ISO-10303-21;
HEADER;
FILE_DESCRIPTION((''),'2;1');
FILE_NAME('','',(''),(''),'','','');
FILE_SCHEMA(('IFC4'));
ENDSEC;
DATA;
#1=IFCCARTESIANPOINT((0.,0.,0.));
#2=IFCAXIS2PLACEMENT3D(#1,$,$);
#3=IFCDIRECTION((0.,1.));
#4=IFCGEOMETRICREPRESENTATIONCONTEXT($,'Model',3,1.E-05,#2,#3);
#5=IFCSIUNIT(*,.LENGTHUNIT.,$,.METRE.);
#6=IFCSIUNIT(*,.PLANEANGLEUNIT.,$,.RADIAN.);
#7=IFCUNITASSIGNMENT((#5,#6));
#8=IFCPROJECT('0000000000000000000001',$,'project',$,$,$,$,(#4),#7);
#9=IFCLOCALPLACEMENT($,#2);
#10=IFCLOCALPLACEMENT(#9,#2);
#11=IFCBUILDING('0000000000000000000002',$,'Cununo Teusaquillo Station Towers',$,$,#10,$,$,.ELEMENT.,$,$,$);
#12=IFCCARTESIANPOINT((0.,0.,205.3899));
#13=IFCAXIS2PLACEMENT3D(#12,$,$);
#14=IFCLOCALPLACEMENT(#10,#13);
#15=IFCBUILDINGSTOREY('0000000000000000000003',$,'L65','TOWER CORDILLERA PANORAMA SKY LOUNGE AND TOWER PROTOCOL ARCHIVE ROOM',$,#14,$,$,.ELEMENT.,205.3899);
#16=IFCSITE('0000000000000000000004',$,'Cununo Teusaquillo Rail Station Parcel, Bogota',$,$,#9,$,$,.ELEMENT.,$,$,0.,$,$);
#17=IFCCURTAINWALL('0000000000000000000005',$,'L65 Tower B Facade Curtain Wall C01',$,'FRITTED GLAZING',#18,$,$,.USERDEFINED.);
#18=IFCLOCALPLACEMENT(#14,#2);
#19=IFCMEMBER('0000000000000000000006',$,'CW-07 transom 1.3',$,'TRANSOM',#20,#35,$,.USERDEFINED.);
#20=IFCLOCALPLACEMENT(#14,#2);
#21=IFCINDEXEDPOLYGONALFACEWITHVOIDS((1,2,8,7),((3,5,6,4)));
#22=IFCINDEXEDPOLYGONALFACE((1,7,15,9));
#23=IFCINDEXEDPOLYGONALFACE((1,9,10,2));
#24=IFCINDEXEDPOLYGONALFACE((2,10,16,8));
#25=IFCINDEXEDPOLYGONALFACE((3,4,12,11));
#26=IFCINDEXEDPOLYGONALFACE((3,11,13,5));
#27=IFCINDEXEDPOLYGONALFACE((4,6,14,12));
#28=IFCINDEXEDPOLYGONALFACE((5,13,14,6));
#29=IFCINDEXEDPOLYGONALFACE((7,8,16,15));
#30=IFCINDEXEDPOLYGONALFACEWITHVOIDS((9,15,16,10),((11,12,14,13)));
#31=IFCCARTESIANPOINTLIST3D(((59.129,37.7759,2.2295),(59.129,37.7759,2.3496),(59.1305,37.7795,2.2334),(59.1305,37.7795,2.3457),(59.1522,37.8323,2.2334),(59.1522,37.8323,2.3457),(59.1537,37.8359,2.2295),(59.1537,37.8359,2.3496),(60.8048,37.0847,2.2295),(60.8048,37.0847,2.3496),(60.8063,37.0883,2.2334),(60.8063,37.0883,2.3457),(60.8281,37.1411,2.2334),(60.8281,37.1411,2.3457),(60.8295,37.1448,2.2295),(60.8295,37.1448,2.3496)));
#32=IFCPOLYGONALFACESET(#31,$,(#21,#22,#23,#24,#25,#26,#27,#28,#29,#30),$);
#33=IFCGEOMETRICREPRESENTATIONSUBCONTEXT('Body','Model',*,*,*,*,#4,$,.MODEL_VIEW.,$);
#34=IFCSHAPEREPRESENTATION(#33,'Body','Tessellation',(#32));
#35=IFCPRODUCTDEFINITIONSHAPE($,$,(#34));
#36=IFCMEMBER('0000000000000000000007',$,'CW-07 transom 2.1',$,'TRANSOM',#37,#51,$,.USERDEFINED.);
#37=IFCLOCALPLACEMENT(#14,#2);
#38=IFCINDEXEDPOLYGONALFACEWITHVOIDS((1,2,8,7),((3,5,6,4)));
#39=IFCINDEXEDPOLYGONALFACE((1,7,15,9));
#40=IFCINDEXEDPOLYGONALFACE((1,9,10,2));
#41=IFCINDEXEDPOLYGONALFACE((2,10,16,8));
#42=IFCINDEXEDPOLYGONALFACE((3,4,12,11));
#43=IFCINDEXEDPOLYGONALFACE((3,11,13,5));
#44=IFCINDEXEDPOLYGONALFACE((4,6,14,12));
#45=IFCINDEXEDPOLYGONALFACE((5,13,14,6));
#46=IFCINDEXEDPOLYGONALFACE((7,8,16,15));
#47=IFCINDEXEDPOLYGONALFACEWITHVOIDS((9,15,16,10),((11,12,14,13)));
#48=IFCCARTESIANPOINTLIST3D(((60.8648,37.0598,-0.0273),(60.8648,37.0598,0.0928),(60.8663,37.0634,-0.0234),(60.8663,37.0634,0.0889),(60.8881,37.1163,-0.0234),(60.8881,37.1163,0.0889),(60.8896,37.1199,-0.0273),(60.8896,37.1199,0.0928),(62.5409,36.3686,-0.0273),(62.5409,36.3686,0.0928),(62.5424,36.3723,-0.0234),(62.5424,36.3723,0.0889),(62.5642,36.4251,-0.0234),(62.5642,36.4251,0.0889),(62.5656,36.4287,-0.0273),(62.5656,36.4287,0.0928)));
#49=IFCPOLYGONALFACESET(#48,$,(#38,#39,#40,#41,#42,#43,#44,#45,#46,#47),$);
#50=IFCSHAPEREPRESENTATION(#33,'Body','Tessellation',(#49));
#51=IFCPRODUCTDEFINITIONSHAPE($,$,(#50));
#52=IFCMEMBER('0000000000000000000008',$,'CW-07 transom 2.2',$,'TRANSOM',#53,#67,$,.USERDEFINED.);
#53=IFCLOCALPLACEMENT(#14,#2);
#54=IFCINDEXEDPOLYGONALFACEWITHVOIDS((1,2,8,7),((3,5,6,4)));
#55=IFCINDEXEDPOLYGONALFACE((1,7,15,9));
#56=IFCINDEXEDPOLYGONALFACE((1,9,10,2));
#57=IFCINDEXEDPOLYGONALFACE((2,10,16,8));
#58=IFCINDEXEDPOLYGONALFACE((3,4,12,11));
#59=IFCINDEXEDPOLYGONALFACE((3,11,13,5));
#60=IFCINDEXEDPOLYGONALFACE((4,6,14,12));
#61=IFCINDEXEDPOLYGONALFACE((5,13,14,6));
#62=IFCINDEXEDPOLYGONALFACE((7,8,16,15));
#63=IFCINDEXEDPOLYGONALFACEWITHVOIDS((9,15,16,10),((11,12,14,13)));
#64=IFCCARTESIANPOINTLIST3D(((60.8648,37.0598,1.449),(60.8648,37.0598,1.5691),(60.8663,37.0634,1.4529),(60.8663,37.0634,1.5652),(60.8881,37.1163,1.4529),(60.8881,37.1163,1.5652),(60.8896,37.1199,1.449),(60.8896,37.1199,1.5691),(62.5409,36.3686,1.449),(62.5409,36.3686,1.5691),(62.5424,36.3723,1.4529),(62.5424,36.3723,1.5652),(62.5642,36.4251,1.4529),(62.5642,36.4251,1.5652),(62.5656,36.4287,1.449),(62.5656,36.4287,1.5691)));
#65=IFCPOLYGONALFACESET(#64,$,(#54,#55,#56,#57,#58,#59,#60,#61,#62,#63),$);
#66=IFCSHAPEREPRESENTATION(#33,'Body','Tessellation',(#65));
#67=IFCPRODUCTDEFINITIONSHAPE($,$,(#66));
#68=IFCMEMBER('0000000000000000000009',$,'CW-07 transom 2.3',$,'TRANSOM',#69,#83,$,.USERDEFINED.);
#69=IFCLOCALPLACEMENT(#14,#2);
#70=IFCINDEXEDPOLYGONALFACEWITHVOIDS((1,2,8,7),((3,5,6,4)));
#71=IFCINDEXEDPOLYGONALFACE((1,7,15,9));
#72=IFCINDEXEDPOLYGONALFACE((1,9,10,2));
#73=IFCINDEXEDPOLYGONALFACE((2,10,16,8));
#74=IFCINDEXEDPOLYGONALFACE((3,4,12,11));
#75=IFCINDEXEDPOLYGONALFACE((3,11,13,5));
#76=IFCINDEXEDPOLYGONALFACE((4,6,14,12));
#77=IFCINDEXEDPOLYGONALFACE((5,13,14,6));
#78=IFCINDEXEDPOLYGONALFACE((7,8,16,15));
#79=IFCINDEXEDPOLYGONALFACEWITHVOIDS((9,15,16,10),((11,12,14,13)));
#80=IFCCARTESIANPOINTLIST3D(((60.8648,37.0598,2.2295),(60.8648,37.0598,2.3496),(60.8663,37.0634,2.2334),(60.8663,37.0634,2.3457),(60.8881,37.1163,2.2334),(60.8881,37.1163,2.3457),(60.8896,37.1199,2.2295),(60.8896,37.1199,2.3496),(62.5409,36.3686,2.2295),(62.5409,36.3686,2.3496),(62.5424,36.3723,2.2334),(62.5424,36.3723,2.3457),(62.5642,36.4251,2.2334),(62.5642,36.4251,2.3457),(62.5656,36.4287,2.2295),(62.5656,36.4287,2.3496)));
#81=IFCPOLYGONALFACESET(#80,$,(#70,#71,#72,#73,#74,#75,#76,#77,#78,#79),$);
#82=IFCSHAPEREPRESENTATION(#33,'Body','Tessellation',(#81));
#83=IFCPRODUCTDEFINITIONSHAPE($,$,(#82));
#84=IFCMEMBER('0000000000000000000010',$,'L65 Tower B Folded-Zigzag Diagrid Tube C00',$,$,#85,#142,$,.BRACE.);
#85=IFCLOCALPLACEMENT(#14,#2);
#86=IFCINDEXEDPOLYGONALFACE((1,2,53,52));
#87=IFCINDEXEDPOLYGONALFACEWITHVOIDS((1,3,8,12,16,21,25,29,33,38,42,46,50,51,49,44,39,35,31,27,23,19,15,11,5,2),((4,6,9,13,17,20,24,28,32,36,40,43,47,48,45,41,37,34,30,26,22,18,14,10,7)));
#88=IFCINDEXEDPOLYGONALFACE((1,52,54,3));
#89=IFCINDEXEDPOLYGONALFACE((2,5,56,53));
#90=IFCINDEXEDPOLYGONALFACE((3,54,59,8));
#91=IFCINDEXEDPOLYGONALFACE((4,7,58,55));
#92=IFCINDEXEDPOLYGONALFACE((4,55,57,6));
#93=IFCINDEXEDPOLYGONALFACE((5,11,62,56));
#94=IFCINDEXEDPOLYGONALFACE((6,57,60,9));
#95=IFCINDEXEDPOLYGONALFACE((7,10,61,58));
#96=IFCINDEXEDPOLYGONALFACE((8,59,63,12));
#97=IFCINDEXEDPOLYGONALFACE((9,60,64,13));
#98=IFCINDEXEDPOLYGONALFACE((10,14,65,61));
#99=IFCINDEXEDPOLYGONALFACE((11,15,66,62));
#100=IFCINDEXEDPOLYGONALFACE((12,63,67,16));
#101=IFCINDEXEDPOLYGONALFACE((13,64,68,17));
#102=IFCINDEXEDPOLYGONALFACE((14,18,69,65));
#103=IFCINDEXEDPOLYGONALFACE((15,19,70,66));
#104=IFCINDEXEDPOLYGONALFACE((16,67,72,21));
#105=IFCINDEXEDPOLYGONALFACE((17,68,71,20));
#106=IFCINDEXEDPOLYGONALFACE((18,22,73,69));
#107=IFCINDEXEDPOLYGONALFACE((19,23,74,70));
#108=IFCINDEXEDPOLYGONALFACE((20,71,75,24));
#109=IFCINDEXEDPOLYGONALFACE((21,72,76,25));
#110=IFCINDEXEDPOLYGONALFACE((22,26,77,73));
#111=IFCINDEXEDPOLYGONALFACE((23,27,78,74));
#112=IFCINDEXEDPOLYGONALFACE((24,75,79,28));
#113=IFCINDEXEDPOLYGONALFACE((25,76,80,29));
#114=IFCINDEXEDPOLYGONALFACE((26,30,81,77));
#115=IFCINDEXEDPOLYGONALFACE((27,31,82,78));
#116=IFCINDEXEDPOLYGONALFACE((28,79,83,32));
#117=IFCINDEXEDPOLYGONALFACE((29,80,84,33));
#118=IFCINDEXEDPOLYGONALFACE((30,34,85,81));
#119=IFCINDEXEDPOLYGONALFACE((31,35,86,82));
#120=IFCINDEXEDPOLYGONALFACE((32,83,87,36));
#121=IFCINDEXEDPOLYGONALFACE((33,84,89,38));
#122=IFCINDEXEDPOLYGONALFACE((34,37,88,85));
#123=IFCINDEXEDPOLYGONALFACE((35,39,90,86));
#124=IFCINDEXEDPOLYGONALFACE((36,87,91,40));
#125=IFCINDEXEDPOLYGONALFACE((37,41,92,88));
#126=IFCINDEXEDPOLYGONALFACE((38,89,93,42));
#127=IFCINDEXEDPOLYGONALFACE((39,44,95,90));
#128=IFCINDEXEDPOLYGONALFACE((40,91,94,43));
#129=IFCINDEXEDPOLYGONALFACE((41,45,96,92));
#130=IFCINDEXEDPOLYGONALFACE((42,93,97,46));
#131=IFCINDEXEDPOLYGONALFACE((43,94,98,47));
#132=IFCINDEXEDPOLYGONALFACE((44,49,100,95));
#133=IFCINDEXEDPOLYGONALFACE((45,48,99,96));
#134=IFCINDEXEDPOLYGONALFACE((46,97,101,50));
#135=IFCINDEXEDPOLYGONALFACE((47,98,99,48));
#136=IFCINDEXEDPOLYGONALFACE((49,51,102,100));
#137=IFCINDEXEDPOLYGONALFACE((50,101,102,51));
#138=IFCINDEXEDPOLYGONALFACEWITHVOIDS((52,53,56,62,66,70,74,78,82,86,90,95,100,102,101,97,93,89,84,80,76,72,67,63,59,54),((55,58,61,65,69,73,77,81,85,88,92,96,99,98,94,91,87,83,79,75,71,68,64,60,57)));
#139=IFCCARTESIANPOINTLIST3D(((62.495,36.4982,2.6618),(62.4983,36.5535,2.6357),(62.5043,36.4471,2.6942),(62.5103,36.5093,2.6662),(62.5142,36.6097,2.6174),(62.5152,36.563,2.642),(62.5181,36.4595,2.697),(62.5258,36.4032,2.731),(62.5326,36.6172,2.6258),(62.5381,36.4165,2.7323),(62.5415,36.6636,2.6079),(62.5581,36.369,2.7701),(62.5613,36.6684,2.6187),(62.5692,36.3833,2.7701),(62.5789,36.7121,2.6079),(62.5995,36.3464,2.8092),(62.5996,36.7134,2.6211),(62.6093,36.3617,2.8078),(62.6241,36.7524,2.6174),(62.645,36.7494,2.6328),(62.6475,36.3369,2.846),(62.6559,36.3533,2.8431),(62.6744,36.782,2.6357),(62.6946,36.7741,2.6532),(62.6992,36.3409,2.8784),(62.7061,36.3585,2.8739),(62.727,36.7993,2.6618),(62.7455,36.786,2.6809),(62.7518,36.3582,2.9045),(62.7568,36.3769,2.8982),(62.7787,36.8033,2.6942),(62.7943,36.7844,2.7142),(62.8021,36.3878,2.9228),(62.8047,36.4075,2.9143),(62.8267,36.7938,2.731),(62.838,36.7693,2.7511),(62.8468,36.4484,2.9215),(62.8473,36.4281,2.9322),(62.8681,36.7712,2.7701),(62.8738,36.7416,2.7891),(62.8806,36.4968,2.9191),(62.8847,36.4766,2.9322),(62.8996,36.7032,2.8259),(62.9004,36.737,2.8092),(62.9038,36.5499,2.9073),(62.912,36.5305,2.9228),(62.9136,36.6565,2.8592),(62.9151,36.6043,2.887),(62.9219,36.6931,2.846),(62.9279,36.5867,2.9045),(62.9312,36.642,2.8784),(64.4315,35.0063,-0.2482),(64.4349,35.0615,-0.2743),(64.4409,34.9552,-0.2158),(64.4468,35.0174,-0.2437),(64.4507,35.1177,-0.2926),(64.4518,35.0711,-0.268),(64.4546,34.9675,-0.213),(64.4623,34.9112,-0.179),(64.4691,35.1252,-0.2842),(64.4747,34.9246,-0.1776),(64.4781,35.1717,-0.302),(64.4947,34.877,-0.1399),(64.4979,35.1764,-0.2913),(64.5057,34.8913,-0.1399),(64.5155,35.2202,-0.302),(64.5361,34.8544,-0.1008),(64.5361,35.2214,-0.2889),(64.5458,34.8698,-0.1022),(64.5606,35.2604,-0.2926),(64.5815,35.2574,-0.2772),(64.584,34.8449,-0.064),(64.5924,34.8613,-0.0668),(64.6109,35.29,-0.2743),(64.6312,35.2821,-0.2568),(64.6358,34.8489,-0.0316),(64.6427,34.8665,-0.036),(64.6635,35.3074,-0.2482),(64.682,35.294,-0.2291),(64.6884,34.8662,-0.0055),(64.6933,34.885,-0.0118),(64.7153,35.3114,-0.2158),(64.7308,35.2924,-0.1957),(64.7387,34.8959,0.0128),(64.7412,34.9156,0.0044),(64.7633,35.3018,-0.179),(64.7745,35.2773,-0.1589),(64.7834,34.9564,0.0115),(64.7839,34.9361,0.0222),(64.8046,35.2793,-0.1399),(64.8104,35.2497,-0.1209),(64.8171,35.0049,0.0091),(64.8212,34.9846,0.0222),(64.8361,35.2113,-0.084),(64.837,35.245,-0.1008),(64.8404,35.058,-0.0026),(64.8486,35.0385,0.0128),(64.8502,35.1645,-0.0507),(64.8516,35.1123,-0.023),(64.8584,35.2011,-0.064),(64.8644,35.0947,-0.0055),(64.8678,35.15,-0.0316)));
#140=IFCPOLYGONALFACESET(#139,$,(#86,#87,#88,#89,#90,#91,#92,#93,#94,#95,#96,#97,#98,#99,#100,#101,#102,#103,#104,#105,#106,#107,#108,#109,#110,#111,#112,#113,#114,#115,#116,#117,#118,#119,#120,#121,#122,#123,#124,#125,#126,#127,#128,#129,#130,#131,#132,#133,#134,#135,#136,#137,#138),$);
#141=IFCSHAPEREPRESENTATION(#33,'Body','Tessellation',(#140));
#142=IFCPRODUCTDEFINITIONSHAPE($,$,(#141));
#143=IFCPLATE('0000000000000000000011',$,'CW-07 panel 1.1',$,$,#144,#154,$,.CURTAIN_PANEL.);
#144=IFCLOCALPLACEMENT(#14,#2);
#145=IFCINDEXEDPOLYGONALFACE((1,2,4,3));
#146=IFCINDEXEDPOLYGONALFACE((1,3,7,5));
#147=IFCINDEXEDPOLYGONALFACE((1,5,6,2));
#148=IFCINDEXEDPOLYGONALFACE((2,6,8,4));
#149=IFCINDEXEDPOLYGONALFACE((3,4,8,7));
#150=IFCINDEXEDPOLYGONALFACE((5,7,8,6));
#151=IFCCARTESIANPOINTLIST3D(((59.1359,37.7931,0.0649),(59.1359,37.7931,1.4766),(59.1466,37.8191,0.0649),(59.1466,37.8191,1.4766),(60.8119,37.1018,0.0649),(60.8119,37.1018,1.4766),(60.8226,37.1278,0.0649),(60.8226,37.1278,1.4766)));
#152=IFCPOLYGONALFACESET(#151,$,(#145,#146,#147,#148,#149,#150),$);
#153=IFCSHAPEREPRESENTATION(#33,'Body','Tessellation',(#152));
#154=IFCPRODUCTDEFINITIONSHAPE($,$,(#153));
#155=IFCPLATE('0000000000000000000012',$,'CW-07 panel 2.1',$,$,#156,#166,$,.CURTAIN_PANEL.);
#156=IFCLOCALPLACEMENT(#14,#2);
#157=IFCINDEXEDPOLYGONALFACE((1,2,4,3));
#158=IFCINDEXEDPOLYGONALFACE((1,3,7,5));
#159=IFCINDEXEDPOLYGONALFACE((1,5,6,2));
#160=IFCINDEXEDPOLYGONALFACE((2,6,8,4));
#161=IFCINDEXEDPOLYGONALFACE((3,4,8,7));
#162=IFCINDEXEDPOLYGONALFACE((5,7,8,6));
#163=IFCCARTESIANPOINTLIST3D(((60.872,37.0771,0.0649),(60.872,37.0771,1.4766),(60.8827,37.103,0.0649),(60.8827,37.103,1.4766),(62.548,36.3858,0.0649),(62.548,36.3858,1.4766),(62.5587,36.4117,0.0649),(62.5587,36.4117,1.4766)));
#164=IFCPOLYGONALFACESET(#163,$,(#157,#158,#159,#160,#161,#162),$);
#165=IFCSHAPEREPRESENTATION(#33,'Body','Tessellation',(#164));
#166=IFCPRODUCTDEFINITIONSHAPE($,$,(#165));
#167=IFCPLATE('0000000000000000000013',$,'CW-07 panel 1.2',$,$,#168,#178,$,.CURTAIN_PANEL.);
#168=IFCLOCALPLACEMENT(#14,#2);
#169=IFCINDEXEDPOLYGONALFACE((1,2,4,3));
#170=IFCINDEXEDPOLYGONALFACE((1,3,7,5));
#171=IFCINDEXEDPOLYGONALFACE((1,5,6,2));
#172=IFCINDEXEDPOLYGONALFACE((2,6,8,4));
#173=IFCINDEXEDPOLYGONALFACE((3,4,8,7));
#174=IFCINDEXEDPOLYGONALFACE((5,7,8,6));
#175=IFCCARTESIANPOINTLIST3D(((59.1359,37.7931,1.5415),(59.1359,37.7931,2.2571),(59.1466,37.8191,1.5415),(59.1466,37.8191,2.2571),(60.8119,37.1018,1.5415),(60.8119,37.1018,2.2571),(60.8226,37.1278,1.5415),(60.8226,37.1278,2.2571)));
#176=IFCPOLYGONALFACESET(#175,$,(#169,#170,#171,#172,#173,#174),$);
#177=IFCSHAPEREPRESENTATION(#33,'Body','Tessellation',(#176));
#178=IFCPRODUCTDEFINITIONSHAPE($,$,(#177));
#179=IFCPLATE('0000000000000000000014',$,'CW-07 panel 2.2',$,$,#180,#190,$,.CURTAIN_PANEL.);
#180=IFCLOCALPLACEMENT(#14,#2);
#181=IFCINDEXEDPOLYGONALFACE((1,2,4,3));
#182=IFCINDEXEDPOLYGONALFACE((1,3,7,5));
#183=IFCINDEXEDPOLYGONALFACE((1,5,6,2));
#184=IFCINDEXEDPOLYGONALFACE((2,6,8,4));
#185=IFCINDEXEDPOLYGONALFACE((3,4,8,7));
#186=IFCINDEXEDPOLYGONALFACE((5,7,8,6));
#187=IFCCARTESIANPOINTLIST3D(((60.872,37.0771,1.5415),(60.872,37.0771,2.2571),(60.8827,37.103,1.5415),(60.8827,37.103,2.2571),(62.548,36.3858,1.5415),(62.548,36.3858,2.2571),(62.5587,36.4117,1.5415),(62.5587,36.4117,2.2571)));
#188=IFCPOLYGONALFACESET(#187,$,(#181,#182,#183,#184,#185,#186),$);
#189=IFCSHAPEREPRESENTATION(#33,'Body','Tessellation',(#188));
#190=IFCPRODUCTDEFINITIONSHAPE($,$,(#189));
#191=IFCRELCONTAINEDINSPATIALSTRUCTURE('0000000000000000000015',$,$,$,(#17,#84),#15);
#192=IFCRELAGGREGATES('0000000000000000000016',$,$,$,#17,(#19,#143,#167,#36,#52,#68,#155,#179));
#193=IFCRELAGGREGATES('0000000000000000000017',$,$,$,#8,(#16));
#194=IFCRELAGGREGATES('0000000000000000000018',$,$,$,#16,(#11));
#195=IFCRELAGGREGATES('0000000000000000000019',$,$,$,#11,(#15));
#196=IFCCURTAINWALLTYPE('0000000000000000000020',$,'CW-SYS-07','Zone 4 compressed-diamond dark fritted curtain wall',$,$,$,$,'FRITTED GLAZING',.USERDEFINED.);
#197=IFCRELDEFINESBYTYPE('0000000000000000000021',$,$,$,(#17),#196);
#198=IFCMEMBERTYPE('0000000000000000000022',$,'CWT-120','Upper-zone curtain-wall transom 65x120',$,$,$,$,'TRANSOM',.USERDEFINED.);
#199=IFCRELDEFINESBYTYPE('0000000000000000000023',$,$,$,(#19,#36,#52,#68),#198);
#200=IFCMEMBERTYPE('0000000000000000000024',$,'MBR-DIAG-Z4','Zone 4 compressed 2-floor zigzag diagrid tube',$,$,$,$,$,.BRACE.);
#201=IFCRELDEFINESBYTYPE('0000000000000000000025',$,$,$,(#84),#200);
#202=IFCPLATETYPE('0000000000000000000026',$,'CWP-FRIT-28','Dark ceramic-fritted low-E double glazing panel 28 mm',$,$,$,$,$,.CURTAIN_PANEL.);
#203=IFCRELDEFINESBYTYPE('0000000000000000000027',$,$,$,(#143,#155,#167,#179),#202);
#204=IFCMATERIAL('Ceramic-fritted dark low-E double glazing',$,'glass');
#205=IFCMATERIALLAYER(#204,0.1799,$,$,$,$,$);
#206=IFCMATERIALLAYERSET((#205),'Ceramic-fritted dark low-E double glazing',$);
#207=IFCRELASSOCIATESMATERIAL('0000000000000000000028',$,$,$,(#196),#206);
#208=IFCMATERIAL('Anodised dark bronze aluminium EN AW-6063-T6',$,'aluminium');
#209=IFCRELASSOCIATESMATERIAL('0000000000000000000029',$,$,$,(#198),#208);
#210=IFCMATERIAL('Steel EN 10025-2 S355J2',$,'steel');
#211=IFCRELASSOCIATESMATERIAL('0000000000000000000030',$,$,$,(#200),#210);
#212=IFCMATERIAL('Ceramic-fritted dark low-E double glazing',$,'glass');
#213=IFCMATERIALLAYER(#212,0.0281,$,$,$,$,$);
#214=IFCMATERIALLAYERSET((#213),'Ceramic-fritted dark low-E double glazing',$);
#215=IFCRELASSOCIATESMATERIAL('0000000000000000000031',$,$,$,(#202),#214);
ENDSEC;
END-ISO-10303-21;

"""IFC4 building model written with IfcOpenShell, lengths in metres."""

from ifc_helpers import new_model, si_unit, direction, frame, origin, origin_2d, place, context, subcontext, project, spatial, rectangle, hollow_rectangle, hollow_circle, extrude, source, transform, mapped, material, layer, layer_set, material_profile, profile_set, type_object, element, aggregate, save


model = new_model("IFC4")

# Units and contexts
model_context = context("Model", 3, precision=1e-05, world=origin(), true_north=direction((0.0, 1.0)))
body_context = subcontext(model_context, "Body", "Model", "MODEL_VIEW")
ifc_project = project(units=[si_unit("LENGTHUNIT", "METRE"), si_unit("PLANEANGLEUNIT", "RADIAN")], contexts=[model_context])

# Site, building, storey
site_placement = place(None, origin())
site = spatial("IfcSite", under=ifc_project, at=site_placement, Name="Cununo Teusaquillo Rail Station Parcel, Bogota", CompositionType="ELEMENT", RefElevation=0.0)
building_placement = place(site_placement, origin())
building = spatial("IfcBuilding", under=site, at=building_placement, Name="Cununo Teusaquillo Station Towers", CompositionType="ELEMENT")
storey_placement = place(building_placement, frame((0.0, 0.0, 205.3899)))
storey = spatial("IfcBuildingStorey", under=building, at=storey_placement, Name="L65", Description="TOWER CORDILLERA PANORAMA SKY LOUNGE AND TOWER PROTOCOL ARCHIVE ROOM", CompositionType="ELEMENT", Elevation=205.3899)

# Curtain wall, members
ifc_material_1 = material(Name="Ceramic-fritted dark low-E double glazing", Category="glass")
ifc_layer_1 = layer(ifc_material_1, 0.1799)
ifc_layer_set_1 = layer_set([ifc_layer_1], Name="Ceramic-fritted dark low-E double glazing")
curtain_wall_type = type_object("IfcCurtainWallType", Name="CW-SYS-07", Description="Zone 4 compressed-diamond dark fritted curtain wall", ElementType="FRITTED GLAZING", PredefinedType="USERDEFINED", material=ifc_layer_set_1)
curtain_wall_placement = place(storey_placement, origin())
curtain_wall = element("IfcCurtainWall", 1, at=curtain_wall_placement, inside=storey, type_object=curtain_wall_type, Name="L65 Tower B Facade Curtain Wall C01", ObjectType="FRITTED GLAZING", PredefinedType="USERDEFINED")
ifc_material_2 = material(Name="Anodised dark bronze aluminium EN AW-6063-T6", Category="aluminium")
ifc_material_profile_1 = material_profile(ifc_material_2, hollow_rectangle(XDim=0.0649, YDim=0.1201, WallThickness=0.0039, at=origin_2d()), Name="CW-TRAN-65x120")
ifc_profile_set_1 = profile_set([ifc_material_profile_1], Name="Anodised dark bronze aluminium EN AW-6063-T6")
member_type_1 = type_object("IfcMemberType", Name="CWT-120", Description="Upper-zone curtain-wall transom 65x120", ElementType="TRANSOM", PredefinedType="USERDEFINED", material=ifc_profile_set_1)
member_1_placement = place(storey_placement, frame((59.1414, 37.8059, 2.2896), z_axis=(0.924458, -0.381285, 0.0), x_axis=(0.381285, 0.924458, 0.0)))
member_1 = element("IfcMember", 2, at=member_1_placement, type_object=member_type_1, Name="CW-07 transom 1.3", ObjectType="TRANSOM", PredefinedType="USERDEFINED", context=body_context, shape_type="SweptSolid", body=[
    extrude(hollow_rectangle(XDim=0.0649, YDim=0.1201, WallThickness=0.0039, at=origin_2d()), origin(), (0.0, 0.0, 1.0), 1.8127),
])
member_2_placement = place(storey_placement, frame((60.8772, 37.0898, 0.0327), z_axis=(0.924477, -0.381237, 0.0), x_axis=(0.381237, 0.924477, 0.0)))
member_2 = element("IfcMember", 3, at=member_2_placement, type_object=member_type_1, Name="CW-07 transom 2.1", ObjectType="TRANSOM", PredefinedType="USERDEFINED", context=body_context, shape_type="SweptSolid", body=[
    extrude(hollow_rectangle(XDim=0.0649, YDim=0.1201, WallThickness=0.0039, at=origin_2d()), origin(), (0.0, 0.0, 1.0), 1.813),
])
member_3_placement = place(storey_placement, frame((60.8772, 37.0898, 1.509), z_axis=(0.924477, -0.381237, 0.0), x_axis=(0.381237, 0.924477, 0.0)))
member_3 = element("IfcMember", 4, at=member_3_placement, type_object=member_type_1, Name="CW-07 transom 2.2", ObjectType="TRANSOM", PredefinedType="USERDEFINED", context=body_context, shape_type="SweptSolid", body=[
    extrude(hollow_rectangle(XDim=0.0649, YDim=0.1201, WallThickness=0.0039, at=origin_2d()), origin(), (0.0, 0.0, 1.0), 1.813),
])
member_4_placement = place(storey_placement, frame((60.8772, 37.0898, 2.2896), z_axis=(0.924477, -0.381237, 0.0), x_axis=(0.381237, 0.924477, 0.0)))
member_4 = element("IfcMember", 5, at=member_4_placement, type_object=member_type_1, Name="CW-07 transom 2.3", ObjectType="TRANSOM", PredefinedType="USERDEFINED", context=body_context, shape_type="SweptSolid", body=[
    extrude(hollow_rectangle(XDim=0.0649, YDim=0.1201, WallThickness=0.0039, at=origin_2d()), origin(), (0.0, 0.0, 1.0), 1.813),
])

# Member
ifc_material_3 = material(Name="Steel EN 10025-2 S355J2", Category="steel")
ifc_material_profile_2 = material_profile(ifc_material_3, hollow_circle(Radius=0.2539, WallThickness=0.0181, at=origin_2d()), Name="CHS 508x18")
ifc_profile_set_2 = profile_set([ifc_material_profile_2], Name="Steel EN 10025-2 S355J2")
member_type_2 = type_object("IfcMemberType", Name="MBR-DIAG-Z4", Description="Zone 4 compressed 2-floor zigzag diagrid tube", PredefinedType="BRACE", material=ifc_profile_set_2)
member_5_placement = place(storey_placement, frame((64.6497, 35.0781, -0.1399), z_axis=(-0.509548, 0.392568, 0.765671), x_axis=(-0.610304, -0.792167, 0.0)))
element("IfcMember", 6, at=member_5_placement, inside=storey, type_object=member_type_2, Name="L65 Tower B Folded-Zigzag Diagrid Tube C00", PredefinedType="BRACE", context=body_context, shape_type="SweptSolid", body=[
    extrude(hollow_circle(Radius=0.2539, WallThickness=0.0181, at=origin_2d()), origin(), (0.0, 0.0, 1.0), 3.8005),
])

# Plates
ifc_material_4 = material(Name="Ceramic-fritted dark low-E double glazing", Category="glass")
ifc_layer_2 = layer(ifc_material_4, 0.0281)
ifc_layer_set_2 = layer_set([ifc_layer_2], Name="Ceramic-fritted dark low-E double glazing")
plate_type = type_object("IfcPlateType", Name="CWP-FRIT-28", Description="Dark ceramic-fritted low-E double glazing panel 28 mm", PredefinedType="CURTAIN_PANEL", material=ifc_layer_set_2)
shared_shape_1 = source(origin(), body_context, "Body", "SweptSolid", [
    extrude(rectangle(XDim=1.813, YDim=0.0281, at=origin_2d()), origin(), (0.0, 0.0, 1.0), 1.4116),
])
plate_1_placement = place(storey_placement, frame((59.9792, 37.4604, 0.0649), z_axis=(0.0, 0.0, 1.0), x_axis=(0.924447, -0.381311, 0.0)))
plate_1 = element("IfcPlate", 7, at=plate_1_placement, type_object=plate_type, Name="CW-07 panel 1.1", PredefinedType="CURTAIN_PANEL", context=body_context, shape_type="MappedRepresentation", body=[
    mapped(shared_shape_1, transform((0.0, 0.0, 0.0), x_axis=(1.0, 0.0, 0.0), y_axis=(0.0, 1.0, 0.0), z_axis=(0.0, 0.0, 1.0), scale=1.0)),
])
plate_2_placement = place(storey_placement, frame((61.7153, 36.7444, 0.0649), z_axis=(0.0, 0.0, 1.0), x_axis=(0.924447, -0.381311, 0.0)))
plate_2 = element("IfcPlate", 8, at=plate_2_placement, type_object=plate_type, Name="CW-07 panel 2.1", PredefinedType="CURTAIN_PANEL", context=body_context, shape_type="MappedRepresentation", body=[
    mapped(shared_shape_1, transform((0.0, 0.0, 0.0), x_axis=(1.0, 0.0, 0.0), y_axis=(0.0, 1.0, 0.0), z_axis=(0.0, 0.0, 1.0), scale=1.0)),
])
shared_shape_2 = source(origin(), body_context, "Body", "SweptSolid", [
    extrude(rectangle(XDim=1.813, YDim=0.0281, at=origin_2d()), origin(), (0.0, 0.0, 1.0), 0.7156),
])
plate_3_placement = place(storey_placement, frame((59.9792, 37.4604, 1.5415), z_axis=(0.0, 0.0, 1.0), x_axis=(0.924447, -0.381311, 0.0)))
plate_3 = element("IfcPlate", 9, at=plate_3_placement, type_object=plate_type, Name="CW-07 panel 1.2", PredefinedType="CURTAIN_PANEL", context=body_context, shape_type="MappedRepresentation", body=[
    mapped(shared_shape_2, transform((0.0, 0.0, 0.0), x_axis=(1.0, 0.0, 0.0), y_axis=(0.0, 1.0, 0.0), z_axis=(0.0, 0.0, 1.0), scale=1.0)),
])
plate_4_placement = place(storey_placement, frame((61.7153, 36.7444, 1.5415), z_axis=(0.0, 0.0, 1.0), x_axis=(0.924447, -0.381311, 0.0)))
plate_4 = element("IfcPlate", 10, at=plate_4_placement, type_object=plate_type, Name="CW-07 panel 2.2", PredefinedType="CURTAIN_PANEL", context=body_context, shape_type="MappedRepresentation", body=[
    mapped(shared_shape_2, transform((0.0, 0.0, 0.0), x_axis=(1.0, 0.0, 0.0), y_axis=(0.0, 1.0, 0.0), z_axis=(0.0, 0.0, 1.0), scale=1.0)),
])
aggregate(curtain_wall, [member_1, plate_1, plate_3, member_2, member_3, member_4, plate_2, plate_4])

save(model, "model.ifc")
